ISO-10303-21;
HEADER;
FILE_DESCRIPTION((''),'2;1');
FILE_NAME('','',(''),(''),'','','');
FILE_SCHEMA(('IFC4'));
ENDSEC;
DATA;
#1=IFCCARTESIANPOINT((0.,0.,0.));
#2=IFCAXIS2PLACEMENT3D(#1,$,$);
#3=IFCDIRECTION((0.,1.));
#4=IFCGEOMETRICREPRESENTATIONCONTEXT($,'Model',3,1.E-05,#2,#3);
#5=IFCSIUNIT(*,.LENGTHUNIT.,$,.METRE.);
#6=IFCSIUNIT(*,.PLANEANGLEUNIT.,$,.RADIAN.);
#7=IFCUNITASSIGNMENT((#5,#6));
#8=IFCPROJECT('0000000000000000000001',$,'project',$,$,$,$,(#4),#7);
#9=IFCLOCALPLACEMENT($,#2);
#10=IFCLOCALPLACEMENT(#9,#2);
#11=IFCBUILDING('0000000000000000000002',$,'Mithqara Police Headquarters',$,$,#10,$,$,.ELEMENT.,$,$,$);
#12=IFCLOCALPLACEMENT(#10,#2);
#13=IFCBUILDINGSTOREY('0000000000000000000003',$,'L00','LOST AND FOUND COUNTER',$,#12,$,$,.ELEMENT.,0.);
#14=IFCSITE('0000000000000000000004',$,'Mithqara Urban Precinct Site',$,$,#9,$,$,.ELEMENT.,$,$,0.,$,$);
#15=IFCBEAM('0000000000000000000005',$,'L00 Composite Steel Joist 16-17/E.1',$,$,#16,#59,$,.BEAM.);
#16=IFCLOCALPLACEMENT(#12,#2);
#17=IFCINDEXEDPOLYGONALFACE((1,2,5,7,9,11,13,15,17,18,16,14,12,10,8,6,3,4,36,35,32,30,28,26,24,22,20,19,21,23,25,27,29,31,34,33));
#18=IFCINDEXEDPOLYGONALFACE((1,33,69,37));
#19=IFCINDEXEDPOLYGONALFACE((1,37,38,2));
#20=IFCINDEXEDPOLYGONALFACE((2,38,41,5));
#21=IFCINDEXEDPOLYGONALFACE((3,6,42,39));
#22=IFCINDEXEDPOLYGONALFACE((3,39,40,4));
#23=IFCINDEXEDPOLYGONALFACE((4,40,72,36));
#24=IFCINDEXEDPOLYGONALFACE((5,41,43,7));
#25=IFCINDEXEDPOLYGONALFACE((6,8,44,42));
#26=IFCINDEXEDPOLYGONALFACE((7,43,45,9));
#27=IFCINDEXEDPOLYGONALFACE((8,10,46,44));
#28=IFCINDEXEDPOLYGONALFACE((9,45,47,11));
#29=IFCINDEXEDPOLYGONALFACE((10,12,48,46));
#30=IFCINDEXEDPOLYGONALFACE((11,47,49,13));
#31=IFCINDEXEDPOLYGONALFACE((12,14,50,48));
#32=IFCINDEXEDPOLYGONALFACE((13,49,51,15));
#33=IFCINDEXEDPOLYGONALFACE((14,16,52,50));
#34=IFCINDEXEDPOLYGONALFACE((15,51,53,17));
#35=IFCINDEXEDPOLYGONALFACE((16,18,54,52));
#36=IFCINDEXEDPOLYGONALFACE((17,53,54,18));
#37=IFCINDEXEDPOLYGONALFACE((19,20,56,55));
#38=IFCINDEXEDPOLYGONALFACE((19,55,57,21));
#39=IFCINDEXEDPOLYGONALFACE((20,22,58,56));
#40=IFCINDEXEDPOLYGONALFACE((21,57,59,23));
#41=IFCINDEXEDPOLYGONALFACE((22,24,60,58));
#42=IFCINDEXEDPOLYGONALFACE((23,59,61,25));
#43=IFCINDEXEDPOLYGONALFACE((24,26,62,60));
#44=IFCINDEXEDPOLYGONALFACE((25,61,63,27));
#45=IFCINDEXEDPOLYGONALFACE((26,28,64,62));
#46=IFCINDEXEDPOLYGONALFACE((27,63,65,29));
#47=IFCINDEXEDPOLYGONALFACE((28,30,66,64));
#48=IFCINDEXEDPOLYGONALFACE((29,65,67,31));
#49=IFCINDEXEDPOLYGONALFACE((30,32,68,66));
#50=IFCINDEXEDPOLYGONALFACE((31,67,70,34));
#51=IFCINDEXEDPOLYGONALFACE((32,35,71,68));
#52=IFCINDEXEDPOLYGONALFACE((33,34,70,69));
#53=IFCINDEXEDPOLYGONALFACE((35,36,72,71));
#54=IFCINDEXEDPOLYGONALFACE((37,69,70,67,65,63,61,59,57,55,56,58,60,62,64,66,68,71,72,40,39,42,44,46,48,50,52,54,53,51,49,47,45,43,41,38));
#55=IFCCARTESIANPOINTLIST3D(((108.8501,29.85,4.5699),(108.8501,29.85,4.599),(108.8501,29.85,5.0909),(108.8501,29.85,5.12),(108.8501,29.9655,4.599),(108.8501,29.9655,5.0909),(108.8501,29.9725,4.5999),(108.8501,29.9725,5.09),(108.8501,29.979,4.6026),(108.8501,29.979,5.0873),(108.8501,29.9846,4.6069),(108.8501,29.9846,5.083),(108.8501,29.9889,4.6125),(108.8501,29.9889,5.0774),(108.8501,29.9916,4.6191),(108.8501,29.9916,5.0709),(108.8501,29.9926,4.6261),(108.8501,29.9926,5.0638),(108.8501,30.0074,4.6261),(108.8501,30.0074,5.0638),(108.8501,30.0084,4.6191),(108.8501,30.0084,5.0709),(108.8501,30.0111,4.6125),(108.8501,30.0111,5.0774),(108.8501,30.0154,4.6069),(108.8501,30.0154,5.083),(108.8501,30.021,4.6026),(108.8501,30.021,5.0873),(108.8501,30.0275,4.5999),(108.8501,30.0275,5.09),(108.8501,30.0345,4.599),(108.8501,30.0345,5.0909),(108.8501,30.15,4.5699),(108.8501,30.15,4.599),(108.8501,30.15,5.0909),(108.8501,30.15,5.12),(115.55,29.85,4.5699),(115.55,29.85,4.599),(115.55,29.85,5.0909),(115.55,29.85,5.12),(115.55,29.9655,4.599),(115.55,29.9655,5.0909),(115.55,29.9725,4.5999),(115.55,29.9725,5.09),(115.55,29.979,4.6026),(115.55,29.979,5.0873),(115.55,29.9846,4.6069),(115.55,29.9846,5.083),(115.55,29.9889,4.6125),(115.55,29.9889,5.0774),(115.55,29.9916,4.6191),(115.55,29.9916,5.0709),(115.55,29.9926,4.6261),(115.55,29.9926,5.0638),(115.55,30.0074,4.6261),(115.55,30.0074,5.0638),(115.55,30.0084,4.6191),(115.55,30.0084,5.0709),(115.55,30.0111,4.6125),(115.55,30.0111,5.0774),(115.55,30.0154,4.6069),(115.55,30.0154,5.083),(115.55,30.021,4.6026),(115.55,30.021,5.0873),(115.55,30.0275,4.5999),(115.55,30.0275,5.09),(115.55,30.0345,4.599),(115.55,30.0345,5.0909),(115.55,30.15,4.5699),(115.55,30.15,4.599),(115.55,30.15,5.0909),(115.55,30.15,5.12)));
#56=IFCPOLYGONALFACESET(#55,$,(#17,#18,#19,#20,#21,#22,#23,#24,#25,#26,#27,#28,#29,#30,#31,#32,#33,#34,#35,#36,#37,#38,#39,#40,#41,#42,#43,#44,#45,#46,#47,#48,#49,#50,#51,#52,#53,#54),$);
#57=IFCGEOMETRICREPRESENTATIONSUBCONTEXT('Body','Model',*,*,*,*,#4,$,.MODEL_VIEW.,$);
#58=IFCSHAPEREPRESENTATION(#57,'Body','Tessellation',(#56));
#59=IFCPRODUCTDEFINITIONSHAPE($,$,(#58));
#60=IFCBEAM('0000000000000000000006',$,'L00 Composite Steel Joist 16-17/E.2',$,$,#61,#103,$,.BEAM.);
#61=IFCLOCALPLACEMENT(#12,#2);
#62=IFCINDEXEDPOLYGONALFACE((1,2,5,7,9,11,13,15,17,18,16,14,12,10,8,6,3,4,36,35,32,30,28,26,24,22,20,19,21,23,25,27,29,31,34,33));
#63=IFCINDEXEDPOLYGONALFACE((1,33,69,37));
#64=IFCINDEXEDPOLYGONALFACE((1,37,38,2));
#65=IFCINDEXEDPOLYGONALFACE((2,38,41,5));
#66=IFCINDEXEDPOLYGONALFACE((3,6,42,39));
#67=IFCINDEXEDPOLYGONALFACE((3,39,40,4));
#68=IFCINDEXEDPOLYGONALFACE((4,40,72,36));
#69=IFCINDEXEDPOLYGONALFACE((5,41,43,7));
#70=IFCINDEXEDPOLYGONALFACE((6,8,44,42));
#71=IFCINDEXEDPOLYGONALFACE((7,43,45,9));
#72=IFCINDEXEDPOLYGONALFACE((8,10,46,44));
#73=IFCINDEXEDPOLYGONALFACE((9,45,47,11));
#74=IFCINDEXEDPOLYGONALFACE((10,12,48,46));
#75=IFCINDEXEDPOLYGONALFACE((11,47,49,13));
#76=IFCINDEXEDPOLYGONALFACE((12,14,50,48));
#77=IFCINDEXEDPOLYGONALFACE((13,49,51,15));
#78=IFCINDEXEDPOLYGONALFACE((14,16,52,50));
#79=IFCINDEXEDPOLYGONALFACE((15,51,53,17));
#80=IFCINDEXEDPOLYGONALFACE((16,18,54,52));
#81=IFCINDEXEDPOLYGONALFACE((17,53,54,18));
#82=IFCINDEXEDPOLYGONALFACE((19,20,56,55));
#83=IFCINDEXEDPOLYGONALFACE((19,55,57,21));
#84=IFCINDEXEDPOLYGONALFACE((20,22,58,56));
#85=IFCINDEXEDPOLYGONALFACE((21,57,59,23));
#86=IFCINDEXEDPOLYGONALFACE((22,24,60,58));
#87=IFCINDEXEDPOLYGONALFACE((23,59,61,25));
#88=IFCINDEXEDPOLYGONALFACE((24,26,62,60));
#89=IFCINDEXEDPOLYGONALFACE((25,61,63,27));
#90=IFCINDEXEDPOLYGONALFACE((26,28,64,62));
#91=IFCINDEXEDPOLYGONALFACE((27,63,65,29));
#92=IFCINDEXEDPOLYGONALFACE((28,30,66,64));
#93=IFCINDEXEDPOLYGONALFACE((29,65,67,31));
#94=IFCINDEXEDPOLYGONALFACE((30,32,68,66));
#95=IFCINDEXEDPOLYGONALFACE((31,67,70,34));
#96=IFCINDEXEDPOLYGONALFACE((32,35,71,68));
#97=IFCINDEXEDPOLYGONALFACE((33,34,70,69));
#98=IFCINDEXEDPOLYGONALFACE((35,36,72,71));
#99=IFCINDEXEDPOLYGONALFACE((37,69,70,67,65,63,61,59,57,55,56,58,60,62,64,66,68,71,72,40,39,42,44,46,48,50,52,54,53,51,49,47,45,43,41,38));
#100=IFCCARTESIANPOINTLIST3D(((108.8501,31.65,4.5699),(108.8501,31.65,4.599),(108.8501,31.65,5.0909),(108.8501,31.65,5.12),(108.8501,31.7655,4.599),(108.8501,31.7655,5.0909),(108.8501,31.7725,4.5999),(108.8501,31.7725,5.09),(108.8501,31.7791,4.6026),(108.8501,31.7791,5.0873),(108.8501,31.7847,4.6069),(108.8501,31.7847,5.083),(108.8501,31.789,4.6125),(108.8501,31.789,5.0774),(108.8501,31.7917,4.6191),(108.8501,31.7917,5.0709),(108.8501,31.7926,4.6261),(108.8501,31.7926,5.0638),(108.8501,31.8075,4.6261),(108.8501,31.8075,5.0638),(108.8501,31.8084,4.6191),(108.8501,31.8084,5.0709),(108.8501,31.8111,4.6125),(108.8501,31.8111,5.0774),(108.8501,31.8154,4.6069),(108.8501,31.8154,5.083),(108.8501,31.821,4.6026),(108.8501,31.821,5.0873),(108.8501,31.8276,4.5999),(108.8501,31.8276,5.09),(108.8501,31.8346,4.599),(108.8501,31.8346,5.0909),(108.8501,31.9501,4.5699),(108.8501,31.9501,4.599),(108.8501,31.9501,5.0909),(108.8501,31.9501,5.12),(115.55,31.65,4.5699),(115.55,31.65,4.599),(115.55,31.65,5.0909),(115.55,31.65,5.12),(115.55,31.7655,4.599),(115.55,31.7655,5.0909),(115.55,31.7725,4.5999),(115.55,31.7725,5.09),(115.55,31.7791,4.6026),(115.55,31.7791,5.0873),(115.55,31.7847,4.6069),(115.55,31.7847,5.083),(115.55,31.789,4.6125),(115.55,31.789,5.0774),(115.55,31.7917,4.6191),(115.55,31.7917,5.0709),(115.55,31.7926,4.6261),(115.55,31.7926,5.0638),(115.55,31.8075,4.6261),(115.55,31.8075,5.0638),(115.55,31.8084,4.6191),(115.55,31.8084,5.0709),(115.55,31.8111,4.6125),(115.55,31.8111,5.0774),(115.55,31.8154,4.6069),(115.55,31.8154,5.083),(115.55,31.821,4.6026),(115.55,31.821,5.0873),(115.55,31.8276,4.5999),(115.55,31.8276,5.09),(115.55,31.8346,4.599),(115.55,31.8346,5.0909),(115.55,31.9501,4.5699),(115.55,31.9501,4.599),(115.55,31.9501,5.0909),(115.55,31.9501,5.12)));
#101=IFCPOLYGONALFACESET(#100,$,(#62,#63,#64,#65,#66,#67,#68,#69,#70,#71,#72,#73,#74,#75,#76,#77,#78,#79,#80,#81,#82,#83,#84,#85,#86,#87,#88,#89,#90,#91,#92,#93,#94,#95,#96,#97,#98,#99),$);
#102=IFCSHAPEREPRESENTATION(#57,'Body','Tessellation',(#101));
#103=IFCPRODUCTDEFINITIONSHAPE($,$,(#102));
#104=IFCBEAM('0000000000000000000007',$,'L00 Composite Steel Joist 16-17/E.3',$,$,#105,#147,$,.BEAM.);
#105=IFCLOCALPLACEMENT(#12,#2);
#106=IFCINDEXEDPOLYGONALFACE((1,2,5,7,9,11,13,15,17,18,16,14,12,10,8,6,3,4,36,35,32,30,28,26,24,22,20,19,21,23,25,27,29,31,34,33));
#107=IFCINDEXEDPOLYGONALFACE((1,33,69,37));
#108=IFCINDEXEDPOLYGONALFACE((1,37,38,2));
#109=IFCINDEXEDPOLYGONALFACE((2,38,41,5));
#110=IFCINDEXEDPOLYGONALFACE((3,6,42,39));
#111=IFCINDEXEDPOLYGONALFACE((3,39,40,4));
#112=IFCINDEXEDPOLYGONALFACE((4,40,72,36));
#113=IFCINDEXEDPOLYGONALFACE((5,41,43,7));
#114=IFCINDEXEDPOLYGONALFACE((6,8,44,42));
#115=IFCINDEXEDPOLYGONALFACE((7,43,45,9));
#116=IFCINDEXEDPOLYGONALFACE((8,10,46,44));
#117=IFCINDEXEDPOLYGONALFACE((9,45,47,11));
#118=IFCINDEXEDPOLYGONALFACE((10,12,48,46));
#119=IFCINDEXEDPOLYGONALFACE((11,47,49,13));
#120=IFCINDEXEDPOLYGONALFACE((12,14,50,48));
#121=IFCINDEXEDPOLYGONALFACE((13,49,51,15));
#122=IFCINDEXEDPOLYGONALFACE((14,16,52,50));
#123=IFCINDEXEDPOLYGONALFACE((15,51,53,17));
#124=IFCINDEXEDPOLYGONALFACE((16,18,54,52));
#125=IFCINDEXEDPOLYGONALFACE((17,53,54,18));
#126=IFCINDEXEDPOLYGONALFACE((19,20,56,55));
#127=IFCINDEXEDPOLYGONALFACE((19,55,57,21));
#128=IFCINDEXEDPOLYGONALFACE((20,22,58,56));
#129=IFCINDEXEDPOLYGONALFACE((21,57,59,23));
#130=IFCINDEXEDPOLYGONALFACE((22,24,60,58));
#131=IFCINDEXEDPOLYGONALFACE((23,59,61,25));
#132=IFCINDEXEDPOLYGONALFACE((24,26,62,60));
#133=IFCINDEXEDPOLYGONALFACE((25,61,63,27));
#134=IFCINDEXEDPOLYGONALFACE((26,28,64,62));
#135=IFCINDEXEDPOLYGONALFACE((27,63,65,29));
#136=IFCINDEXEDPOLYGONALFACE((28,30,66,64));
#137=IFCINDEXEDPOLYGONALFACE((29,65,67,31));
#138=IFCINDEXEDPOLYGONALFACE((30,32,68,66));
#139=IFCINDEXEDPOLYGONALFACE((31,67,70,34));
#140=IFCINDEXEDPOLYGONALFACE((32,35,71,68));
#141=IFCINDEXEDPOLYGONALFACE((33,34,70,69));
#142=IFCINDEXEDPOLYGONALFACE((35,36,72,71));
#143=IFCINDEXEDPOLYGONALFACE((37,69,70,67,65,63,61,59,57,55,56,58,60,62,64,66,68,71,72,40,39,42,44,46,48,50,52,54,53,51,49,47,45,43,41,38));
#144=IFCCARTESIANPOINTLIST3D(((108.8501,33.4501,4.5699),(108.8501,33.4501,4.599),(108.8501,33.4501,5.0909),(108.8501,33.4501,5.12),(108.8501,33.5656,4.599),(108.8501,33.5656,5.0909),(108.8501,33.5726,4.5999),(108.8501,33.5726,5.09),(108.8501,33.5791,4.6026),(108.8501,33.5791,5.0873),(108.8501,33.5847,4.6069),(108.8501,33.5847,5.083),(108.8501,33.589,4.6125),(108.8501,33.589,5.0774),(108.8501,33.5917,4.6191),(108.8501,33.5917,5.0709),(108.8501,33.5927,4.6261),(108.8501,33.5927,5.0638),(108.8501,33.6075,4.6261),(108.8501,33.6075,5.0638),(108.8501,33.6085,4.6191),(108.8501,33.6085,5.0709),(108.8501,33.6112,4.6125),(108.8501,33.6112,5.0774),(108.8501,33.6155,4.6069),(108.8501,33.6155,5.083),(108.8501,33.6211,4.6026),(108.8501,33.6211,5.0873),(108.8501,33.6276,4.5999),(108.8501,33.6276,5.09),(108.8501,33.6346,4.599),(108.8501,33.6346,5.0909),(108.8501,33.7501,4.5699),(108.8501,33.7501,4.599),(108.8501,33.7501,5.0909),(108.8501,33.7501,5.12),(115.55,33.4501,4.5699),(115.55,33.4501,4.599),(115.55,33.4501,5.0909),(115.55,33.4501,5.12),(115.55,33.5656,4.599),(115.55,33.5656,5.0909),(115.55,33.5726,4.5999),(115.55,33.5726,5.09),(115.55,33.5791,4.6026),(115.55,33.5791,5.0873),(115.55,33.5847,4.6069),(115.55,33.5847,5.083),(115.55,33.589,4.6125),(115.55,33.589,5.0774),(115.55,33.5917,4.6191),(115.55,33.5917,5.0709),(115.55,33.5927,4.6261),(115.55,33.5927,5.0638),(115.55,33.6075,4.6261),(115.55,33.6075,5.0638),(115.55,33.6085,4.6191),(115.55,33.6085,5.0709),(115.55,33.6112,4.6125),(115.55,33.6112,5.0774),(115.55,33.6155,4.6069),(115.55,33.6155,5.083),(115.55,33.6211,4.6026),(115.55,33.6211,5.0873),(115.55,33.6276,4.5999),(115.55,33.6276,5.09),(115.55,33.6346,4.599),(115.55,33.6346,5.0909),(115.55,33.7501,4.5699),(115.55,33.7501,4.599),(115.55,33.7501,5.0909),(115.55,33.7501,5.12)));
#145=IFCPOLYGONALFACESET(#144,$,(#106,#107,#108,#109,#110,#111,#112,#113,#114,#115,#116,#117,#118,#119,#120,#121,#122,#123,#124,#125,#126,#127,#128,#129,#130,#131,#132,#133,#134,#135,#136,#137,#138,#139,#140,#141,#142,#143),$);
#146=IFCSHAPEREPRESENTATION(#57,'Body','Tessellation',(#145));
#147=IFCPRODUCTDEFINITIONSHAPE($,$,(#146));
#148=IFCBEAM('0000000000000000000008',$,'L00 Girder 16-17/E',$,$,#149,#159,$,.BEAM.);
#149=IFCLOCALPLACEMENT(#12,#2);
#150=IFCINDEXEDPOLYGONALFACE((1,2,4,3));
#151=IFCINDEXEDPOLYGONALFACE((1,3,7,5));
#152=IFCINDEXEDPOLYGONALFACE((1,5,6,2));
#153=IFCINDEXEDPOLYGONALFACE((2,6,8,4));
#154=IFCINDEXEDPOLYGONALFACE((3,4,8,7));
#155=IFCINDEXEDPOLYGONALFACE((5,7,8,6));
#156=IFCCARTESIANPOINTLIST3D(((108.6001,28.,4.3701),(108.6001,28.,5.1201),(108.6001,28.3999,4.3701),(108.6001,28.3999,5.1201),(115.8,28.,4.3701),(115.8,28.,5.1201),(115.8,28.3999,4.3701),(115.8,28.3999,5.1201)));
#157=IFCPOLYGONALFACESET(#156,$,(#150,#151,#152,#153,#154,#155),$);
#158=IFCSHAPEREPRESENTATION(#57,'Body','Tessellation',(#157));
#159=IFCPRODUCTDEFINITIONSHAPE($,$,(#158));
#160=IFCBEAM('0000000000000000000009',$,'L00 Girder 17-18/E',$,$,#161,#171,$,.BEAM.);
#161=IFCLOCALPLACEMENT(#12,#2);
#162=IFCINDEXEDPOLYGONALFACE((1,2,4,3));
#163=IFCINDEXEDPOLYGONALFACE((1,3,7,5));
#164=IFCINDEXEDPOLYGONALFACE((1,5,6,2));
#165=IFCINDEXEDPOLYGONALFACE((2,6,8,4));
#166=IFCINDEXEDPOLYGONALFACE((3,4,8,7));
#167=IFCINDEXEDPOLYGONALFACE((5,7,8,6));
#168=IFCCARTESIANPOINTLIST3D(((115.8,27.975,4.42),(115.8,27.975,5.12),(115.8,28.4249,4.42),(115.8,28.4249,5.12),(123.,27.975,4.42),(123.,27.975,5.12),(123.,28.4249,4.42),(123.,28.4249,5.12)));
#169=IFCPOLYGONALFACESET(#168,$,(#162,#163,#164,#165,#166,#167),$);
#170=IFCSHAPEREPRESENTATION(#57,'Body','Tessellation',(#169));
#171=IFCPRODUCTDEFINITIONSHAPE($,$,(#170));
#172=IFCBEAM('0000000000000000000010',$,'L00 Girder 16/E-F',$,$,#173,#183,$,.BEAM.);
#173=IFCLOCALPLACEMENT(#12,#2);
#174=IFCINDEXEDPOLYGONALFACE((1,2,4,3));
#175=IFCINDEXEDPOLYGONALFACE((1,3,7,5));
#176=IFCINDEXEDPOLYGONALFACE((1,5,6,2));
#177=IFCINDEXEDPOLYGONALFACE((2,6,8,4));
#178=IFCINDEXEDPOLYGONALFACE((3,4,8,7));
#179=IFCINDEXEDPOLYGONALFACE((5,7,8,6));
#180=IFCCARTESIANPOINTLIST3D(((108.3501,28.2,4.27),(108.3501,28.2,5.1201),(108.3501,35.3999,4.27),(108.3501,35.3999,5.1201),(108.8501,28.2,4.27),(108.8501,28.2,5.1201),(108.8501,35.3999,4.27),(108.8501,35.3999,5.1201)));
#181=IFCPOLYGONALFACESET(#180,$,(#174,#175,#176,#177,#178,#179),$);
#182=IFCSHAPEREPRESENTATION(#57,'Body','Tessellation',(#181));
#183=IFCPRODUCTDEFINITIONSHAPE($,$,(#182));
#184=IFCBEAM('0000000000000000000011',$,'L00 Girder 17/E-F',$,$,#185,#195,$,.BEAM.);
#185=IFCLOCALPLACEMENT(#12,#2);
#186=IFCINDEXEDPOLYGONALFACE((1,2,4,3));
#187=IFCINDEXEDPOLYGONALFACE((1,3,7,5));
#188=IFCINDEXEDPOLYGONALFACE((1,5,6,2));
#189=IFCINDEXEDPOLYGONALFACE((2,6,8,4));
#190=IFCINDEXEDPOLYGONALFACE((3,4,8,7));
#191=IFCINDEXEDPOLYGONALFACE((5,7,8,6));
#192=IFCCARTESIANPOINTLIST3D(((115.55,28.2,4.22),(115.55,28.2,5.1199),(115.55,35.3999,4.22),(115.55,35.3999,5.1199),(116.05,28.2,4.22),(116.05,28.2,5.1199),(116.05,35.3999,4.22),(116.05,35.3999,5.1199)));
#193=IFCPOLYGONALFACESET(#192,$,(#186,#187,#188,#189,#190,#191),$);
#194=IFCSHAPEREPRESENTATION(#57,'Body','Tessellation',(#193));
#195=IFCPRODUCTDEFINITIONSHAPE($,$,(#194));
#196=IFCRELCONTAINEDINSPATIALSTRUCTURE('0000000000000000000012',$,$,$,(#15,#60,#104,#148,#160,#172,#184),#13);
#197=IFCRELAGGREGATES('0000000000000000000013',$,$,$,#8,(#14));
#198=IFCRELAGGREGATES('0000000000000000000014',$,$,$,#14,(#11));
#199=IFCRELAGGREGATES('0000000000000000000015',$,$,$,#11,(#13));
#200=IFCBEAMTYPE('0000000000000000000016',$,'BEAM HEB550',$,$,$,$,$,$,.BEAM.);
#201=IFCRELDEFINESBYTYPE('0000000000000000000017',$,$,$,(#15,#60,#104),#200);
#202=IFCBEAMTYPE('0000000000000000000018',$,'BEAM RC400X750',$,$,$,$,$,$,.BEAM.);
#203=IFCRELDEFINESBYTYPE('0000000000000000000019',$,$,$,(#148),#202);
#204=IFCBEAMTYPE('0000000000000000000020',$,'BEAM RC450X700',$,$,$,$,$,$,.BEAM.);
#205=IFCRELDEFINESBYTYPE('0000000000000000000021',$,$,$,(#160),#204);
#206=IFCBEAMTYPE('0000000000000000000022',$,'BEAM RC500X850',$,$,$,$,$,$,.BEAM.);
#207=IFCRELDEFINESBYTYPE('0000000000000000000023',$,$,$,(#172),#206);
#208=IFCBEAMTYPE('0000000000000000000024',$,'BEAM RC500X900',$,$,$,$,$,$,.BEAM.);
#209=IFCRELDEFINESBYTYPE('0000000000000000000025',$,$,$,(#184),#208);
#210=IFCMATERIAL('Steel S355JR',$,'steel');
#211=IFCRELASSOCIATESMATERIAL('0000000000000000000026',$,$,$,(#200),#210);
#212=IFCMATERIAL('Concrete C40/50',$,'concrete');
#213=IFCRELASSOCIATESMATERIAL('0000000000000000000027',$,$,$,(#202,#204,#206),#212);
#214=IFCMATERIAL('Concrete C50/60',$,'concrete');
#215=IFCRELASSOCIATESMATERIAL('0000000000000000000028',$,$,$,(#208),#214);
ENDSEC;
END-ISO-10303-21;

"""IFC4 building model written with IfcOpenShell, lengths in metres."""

from ifc_helpers import new_model, si_unit, direction, frame, origin, origin_2d, place, context, subcontext, project, spatial, rectangle, i_section, extrude, material, material_profile, profile_set, type_object, element, save


model = new_model("IFC4")

# Units and contexts
model_context = context("Model", 3, precision=1e-05, world=origin(), true_north=direction((0.0, 1.0)))
body_context = subcontext(model_context, "Body", "Model", "MODEL_VIEW")
ifc_project = project(units=[si_unit("LENGTHUNIT", "METRE"), si_unit("PLANEANGLEUNIT", "RADIAN")], contexts=[model_context])

# Site, building, storey
site_placement = place(None, origin())
site = spatial("IfcSite", under=ifc_project, at=site_placement, Name="Mithqara Urban Precinct Site", CompositionType="ELEMENT", RefElevation=0.0)
building_placement = place(site_placement, origin())
building = spatial("IfcBuilding", under=site, at=building_placement, Name="Mithqara Police Headquarters", CompositionType="ELEMENT")
storey_placement = place(building_placement, origin())
storey = spatial("IfcBuildingStorey", under=building, at=storey_placement, Name="L00", Description="LOST AND FOUND COUNTER", CompositionType="ELEMENT", Elevation=0.0)

# Shared definitions
ifc_material_1 = material(Name="Concrete C50/60", Category="concrete")

# Beams
ifc_material_2 = material(Name="Steel S355JR", Category="steel")
ifc_material_profile_1 = material_profile(ifc_material_2, i_section(OverallWidth=0.3, OverallDepth=0.55, WebThickness=0.0149, FlangeThickness=0.0291, FilletRadius=0.0271, at=origin_2d()), Name="HEB 550")
ifc_profile_set_1 = profile_set([ifc_material_profile_1], Name="Steel S355JR")
beam_type_1 = type_object("IfcBeamType", Name="BEAM HEB550", PredefinedType="BEAM", material=ifc_profile_set_1)
for number, where, z_axis, x_axis, name in (
    (1, (108.8501, 30.0, 4.845), (1.0, 0.0, 0.0), (0.0, 1.0, 0.0), "L00 Composite Steel Joist 16-17/E.1"),
    (2, (108.8501, 31.8, 4.845), (1.0, 0.0, 0.0), (0.0, 1.0, 0.0), "L00 Composite Steel Joist 16-17/E.2"),
    (3, (108.8501, 33.6001, 4.845), (1.0, 0.0, 0.0), (0.0, 1.0, 0.0), "L00 Composite Steel Joist 16-17/E.3"),
):
    element("IfcBeam", number, at=place(storey_placement, frame(where, z_axis=z_axis, x_axis=x_axis)), inside=storey, type_object=beam_type_1, Name=name, PredefinedType="BEAM", context=body_context, shape_type="SweptSolid", body=[
        extrude(i_section(OverallWidth=0.3, OverallDepth=0.55, WebThickness=0.0149, FlangeThickness=0.0291, FilletRadius=0.0271, at=origin_2d()), origin(), (0.0, 0.0, 1.0), 6.7),
    ])
ifc_material_3 = material(Name="Concrete C40/50", Category="concrete")
ifc_material_profile_2 = material_profile(ifc_material_3, rectangle(XDim=0.3999, YDim=0.75, at=origin_2d()), Name="RC 400x750")
ifc_profile_set_2 = profile_set([ifc_material_profile_2], Name="Concrete C40/50")
beam_type_2 = type_object("IfcBeamType", Name="BEAM RC400X750", PredefinedType="BEAM", material=ifc_profile_set_2)
beam_1_placement = place(storey_placement, frame((108.6001, 28.2, 4.7451), z_axis=(1.0, 0.0, 0.0), x_axis=(0.0, 1.0, 0.0)))
element("IfcBeam", 4, at=beam_1_placement, inside=storey, type_object=beam_type_2, Name="L00 Girder 16-17/E", PredefinedType="BEAM", context=body_context, shape_type="SweptSolid", body=[
    extrude(rectangle(XDim=0.3999, YDim=0.75, at=origin_2d()), origin(), (0.0, 0.0, 1.0), 7.2),
])
ifc_material_profile_3 = material_profile(ifc_material_3, rectangle(XDim=0.45, YDim=0.7, at=origin_2d()), Name="RC 450x700")
ifc_profile_set_3 = profile_set([ifc_material_profile_3], Name="Concrete C40/50")
beam_type_3 = type_object("IfcBeamType", Name="BEAM RC450X700", PredefinedType="BEAM", material=ifc_profile_set_3)
beam_2_placement = place(storey_placement, frame((115.8, 28.2, 4.77), z_axis=(1.0, 0.0, 0.0), x_axis=(0.0, 1.0, 0.0)))
element("IfcBeam", 5, at=beam_2_placement, inside=storey, type_object=beam_type_3, Name="L00 Girder 17-18/E", PredefinedType="BEAM", context=body_context, shape_type="SweptSolid", body=[
    extrude(rectangle(XDim=0.45, YDim=0.7, at=origin_2d()), origin(), (0.0, 0.0, 1.0), 7.2),
])
ifc_material_profile_4 = material_profile(ifc_material_3, rectangle(XDim=0.5, YDim=0.8501, at=origin_2d()), Name="RC 500x850")
ifc_profile_set_4 = profile_set([ifc_material_profile_4], Name="Concrete C40/50")
beam_type_4 = type_object("IfcBeamType", Name="BEAM RC500X850", PredefinedType="BEAM", material=ifc_profile_set_4)
beam_3_placement = place(storey_placement, frame((108.6001, 28.2, 4.6951), z_axis=(0.0, 1.0, 0.0), x_axis=(-1.0, 0.0, 0.0)))
element("IfcBeam", 6, at=beam_3_placement, inside=storey, type_object=beam_type_4, Name="L00 Girder 16/E-F", PredefinedType="BEAM", context=body_context, shape_type="SweptSolid", body=[
    extrude(rectangle(XDim=0.5, YDim=0.8501, at=origin_2d()), origin(), (0.0, 0.0, 1.0), 7.2),
])
ifc_material_profile_5 = material_profile(ifc_material_1, rectangle(XDim=0.5, YDim=0.8999, at=origin_2d()), Name="RC 500x900")
ifc_profile_set_5 = profile_set([ifc_material_profile_5], Name="Concrete C50/60")
beam_type_5 = type_object("IfcBeamType", Name="BEAM RC500X900", PredefinedType="BEAM", material=ifc_profile_set_5)
beam_4_placement = place(storey_placement, frame((115.8, 28.2, 4.6699), z_axis=(0.0, 1.0, 0.0), x_axis=(-1.0, 0.0, 0.0)))
element("IfcBeam", 7, at=beam_4_placement, inside=storey, type_object=beam_type_5, Name="L00 Girder 17/E-F", PredefinedType="BEAM", context=body_context, shape_type="SweptSolid", body=[
    extrude(rectangle(XDim=0.5, YDim=0.8999, at=origin_2d()), origin(), (0.0, 0.0, 1.0), 7.2),
])

save(model, "model.ifc")
